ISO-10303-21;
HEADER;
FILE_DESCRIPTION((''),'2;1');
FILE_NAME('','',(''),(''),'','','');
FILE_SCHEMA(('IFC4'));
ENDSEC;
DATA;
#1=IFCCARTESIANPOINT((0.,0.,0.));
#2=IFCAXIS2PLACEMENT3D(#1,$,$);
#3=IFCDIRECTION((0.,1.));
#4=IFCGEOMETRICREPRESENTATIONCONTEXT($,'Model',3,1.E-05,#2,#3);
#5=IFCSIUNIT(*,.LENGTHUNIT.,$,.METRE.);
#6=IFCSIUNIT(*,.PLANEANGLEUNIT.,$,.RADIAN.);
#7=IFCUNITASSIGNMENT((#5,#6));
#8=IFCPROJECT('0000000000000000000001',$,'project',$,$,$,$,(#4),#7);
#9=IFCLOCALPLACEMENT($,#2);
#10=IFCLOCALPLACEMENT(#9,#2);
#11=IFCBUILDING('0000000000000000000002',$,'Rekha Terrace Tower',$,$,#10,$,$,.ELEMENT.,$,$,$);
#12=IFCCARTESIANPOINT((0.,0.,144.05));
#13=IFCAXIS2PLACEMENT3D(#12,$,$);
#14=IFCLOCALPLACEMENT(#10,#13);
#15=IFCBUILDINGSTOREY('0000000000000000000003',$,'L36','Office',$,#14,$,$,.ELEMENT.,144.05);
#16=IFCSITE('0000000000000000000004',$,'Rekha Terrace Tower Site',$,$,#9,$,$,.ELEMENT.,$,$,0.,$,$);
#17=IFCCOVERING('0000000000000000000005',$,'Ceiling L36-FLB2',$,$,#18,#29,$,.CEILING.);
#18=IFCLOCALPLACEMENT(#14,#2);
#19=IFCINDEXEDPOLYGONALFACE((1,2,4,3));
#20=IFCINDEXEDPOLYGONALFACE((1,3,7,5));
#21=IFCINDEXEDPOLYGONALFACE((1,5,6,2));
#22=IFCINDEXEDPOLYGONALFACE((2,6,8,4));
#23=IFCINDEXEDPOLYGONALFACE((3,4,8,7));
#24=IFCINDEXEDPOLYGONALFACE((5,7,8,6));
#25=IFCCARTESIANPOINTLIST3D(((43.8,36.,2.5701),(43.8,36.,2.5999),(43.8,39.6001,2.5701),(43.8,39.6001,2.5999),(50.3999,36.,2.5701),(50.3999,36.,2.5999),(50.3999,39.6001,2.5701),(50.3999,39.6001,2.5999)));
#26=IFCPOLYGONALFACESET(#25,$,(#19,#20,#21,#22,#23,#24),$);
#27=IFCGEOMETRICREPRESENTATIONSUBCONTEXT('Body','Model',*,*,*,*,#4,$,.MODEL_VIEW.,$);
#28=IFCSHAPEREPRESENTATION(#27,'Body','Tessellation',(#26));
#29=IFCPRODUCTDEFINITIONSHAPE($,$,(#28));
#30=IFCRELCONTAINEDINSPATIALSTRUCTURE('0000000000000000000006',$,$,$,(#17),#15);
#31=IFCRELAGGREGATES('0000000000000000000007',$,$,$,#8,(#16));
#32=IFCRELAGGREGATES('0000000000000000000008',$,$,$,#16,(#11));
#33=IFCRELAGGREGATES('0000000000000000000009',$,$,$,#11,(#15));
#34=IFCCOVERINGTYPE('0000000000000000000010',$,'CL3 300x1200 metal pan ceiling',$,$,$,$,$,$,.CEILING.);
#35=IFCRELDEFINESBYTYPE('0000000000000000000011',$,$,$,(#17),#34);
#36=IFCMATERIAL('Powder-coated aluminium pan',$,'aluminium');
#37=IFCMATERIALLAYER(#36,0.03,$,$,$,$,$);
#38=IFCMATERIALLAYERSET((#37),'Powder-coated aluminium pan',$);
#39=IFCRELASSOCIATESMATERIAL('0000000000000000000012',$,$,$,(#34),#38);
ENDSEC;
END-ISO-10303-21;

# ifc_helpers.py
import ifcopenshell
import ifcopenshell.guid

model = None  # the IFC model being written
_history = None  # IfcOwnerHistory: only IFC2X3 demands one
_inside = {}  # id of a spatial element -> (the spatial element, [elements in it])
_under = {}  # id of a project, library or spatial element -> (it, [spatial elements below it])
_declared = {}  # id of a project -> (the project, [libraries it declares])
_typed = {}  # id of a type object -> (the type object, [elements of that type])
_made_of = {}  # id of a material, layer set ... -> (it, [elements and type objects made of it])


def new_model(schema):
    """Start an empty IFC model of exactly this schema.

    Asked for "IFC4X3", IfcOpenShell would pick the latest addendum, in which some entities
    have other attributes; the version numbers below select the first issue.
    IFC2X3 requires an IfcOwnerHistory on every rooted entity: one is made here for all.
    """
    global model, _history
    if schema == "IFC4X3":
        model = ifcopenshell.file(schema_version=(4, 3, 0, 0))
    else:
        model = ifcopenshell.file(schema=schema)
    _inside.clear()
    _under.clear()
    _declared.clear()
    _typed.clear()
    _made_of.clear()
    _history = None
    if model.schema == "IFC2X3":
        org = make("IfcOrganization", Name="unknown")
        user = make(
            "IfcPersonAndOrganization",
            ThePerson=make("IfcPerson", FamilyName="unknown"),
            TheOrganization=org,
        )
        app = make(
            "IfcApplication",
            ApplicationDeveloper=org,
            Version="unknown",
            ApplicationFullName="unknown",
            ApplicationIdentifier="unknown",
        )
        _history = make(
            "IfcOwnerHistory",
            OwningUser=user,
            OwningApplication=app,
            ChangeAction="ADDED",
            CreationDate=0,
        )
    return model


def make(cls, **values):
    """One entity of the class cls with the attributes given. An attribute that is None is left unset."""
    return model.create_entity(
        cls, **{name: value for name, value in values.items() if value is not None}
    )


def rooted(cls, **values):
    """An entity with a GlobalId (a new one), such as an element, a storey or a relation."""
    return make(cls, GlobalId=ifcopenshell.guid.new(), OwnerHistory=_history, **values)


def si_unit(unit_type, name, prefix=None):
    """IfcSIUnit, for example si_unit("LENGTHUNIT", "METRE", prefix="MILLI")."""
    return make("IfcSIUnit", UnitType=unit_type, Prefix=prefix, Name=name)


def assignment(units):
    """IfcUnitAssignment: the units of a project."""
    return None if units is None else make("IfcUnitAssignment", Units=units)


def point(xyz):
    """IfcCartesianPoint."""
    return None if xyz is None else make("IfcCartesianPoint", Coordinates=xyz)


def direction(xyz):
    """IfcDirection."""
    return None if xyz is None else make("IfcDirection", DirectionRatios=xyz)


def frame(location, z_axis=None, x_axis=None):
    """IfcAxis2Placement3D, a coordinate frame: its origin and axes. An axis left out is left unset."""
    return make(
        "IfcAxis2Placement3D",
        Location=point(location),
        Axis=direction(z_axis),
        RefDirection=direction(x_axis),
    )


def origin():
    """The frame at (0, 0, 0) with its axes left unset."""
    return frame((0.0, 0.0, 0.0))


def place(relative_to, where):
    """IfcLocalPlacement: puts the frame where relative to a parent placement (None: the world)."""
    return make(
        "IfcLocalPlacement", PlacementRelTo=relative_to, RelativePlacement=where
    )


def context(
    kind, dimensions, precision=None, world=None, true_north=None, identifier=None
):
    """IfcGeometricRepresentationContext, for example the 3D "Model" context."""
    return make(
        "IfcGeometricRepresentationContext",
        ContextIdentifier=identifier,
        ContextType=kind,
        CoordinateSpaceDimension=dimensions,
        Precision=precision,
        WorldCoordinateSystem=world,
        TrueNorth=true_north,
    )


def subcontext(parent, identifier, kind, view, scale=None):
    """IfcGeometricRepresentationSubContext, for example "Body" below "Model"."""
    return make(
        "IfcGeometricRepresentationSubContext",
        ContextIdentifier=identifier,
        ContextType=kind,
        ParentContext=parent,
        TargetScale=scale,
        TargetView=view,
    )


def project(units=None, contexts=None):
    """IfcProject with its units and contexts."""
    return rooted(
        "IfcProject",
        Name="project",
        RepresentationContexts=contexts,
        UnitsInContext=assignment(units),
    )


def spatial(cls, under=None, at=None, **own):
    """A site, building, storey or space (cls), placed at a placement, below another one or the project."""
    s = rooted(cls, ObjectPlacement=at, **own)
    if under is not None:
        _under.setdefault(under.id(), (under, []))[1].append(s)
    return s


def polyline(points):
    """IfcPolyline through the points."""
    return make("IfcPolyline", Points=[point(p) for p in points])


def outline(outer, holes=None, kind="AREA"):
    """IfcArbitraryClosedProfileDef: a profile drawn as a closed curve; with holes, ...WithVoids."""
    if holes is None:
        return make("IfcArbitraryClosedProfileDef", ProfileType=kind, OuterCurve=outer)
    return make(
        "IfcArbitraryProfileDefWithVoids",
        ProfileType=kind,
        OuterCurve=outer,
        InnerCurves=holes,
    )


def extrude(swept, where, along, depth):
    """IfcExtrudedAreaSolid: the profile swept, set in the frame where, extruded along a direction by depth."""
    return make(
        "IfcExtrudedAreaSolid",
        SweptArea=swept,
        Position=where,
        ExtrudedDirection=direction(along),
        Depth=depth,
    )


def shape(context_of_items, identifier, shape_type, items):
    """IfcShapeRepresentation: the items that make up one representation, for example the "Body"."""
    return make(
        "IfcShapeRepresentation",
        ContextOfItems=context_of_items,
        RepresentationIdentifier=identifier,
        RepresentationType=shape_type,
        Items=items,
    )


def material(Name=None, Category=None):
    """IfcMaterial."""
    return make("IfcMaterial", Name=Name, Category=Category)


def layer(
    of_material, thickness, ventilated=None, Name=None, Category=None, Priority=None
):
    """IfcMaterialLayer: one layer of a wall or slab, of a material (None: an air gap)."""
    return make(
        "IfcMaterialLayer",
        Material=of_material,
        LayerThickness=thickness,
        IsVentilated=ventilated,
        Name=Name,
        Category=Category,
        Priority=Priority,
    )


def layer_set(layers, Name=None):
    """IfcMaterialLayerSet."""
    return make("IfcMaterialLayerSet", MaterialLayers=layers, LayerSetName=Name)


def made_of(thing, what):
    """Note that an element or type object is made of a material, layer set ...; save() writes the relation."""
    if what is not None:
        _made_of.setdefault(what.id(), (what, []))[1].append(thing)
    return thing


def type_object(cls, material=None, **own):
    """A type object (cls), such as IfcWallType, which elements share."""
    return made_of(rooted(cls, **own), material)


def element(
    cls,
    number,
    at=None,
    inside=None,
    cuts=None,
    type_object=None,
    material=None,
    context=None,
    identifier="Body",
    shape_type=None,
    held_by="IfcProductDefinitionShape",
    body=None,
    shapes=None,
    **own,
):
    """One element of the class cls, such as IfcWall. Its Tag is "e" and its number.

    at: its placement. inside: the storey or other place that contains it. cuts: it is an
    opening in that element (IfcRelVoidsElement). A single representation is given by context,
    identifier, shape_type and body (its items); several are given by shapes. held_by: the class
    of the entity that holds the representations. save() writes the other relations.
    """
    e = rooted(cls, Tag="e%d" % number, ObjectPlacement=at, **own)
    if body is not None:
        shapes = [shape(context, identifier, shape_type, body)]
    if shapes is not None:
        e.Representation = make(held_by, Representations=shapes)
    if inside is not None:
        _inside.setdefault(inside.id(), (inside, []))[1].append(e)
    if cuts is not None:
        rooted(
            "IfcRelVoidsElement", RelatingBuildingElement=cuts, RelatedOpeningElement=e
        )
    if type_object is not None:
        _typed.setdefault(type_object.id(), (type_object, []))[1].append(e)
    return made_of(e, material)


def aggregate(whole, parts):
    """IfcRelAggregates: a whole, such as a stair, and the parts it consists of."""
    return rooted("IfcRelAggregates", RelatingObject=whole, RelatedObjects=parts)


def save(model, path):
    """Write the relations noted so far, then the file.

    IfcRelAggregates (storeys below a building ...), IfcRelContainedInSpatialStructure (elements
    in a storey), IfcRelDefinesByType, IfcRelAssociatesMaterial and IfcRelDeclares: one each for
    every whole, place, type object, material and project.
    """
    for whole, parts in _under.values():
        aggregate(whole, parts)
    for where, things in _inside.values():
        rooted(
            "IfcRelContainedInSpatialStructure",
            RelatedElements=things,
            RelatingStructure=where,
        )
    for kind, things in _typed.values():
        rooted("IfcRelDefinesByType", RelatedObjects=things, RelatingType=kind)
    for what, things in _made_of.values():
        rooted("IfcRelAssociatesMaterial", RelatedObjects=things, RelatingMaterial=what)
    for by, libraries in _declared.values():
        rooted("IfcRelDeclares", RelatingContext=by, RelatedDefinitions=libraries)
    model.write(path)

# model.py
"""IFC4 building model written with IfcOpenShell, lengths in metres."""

from ifc_helpers import new_model, si_unit, direction, frame, origin, place, context, subcontext, project, spatial, polyline, outline, extrude, material, layer, layer_set, type_object, element, save


model = new_model("IFC4")

# Units and contexts
model_context = context("Model", 3, precision=1e-05, world=origin(), true_north=direction((0.0, 1.0)))
body_context = subcontext(model_context, "Body", "Model", "MODEL_VIEW")
ifc_project = project(units=[si_unit("LENGTHUNIT", "METRE"), si_unit("PLANEANGLEUNIT", "RADIAN")], contexts=[model_context])

# Site, building, storey
site_placement = place(None, origin())
site = spatial("IfcSite", under=ifc_project, at=site_placement, Name="Rekha Terrace Tower Site", CompositionType="ELEMENT", RefElevation=0.0)
building_placement = place(site_placement, origin())
building = spatial("IfcBuilding", under=site, at=building_placement, Name="Rekha Terrace Tower", CompositionType="ELEMENT")
storey_placement = place(building_placement, frame((0.0, 0.0, 144.05)))
storey = spatial("IfcBuildingStorey", under=building, at=storey_placement, Name="L36", Description="Office", CompositionType="ELEMENT", Elevation=144.05)

# Covering
ifc_material_1 = material(Name="Powder-coated aluminium pan", Category="aluminium")
ifc_layer_1 = layer(ifc_material_1, 0.03)
ifc_layer_set_1 = layer_set([ifc_layer_1], Name="Powder-coated aluminium pan")
covering_type_1 = type_object("IfcCoveringType", Name="CL3 300x1200 metal pan ceiling", PredefinedType="CEILING", material=ifc_layer_set_1)
covering_1_placement = place(storey_placement, frame((0.0, 0.0, 2.5701)))
element("IfcCovering", 1, at=covering_1_placement, inside=storey, type_object=covering_type_1, Name="Ceiling L36-FLB2", PredefinedType="CEILING", context=body_context, shape_type="SweptSolid", body=[
    extrude(outline(polyline([(50.3999, 39.6001), (43.8, 39.6001), (43.8, 36.0), (50.3999, 36.0), (50.3999, 39.6001)])), origin(), (0.0, 0.0, 1.0), 0.0298),
])

save(model, "model.ifc")
